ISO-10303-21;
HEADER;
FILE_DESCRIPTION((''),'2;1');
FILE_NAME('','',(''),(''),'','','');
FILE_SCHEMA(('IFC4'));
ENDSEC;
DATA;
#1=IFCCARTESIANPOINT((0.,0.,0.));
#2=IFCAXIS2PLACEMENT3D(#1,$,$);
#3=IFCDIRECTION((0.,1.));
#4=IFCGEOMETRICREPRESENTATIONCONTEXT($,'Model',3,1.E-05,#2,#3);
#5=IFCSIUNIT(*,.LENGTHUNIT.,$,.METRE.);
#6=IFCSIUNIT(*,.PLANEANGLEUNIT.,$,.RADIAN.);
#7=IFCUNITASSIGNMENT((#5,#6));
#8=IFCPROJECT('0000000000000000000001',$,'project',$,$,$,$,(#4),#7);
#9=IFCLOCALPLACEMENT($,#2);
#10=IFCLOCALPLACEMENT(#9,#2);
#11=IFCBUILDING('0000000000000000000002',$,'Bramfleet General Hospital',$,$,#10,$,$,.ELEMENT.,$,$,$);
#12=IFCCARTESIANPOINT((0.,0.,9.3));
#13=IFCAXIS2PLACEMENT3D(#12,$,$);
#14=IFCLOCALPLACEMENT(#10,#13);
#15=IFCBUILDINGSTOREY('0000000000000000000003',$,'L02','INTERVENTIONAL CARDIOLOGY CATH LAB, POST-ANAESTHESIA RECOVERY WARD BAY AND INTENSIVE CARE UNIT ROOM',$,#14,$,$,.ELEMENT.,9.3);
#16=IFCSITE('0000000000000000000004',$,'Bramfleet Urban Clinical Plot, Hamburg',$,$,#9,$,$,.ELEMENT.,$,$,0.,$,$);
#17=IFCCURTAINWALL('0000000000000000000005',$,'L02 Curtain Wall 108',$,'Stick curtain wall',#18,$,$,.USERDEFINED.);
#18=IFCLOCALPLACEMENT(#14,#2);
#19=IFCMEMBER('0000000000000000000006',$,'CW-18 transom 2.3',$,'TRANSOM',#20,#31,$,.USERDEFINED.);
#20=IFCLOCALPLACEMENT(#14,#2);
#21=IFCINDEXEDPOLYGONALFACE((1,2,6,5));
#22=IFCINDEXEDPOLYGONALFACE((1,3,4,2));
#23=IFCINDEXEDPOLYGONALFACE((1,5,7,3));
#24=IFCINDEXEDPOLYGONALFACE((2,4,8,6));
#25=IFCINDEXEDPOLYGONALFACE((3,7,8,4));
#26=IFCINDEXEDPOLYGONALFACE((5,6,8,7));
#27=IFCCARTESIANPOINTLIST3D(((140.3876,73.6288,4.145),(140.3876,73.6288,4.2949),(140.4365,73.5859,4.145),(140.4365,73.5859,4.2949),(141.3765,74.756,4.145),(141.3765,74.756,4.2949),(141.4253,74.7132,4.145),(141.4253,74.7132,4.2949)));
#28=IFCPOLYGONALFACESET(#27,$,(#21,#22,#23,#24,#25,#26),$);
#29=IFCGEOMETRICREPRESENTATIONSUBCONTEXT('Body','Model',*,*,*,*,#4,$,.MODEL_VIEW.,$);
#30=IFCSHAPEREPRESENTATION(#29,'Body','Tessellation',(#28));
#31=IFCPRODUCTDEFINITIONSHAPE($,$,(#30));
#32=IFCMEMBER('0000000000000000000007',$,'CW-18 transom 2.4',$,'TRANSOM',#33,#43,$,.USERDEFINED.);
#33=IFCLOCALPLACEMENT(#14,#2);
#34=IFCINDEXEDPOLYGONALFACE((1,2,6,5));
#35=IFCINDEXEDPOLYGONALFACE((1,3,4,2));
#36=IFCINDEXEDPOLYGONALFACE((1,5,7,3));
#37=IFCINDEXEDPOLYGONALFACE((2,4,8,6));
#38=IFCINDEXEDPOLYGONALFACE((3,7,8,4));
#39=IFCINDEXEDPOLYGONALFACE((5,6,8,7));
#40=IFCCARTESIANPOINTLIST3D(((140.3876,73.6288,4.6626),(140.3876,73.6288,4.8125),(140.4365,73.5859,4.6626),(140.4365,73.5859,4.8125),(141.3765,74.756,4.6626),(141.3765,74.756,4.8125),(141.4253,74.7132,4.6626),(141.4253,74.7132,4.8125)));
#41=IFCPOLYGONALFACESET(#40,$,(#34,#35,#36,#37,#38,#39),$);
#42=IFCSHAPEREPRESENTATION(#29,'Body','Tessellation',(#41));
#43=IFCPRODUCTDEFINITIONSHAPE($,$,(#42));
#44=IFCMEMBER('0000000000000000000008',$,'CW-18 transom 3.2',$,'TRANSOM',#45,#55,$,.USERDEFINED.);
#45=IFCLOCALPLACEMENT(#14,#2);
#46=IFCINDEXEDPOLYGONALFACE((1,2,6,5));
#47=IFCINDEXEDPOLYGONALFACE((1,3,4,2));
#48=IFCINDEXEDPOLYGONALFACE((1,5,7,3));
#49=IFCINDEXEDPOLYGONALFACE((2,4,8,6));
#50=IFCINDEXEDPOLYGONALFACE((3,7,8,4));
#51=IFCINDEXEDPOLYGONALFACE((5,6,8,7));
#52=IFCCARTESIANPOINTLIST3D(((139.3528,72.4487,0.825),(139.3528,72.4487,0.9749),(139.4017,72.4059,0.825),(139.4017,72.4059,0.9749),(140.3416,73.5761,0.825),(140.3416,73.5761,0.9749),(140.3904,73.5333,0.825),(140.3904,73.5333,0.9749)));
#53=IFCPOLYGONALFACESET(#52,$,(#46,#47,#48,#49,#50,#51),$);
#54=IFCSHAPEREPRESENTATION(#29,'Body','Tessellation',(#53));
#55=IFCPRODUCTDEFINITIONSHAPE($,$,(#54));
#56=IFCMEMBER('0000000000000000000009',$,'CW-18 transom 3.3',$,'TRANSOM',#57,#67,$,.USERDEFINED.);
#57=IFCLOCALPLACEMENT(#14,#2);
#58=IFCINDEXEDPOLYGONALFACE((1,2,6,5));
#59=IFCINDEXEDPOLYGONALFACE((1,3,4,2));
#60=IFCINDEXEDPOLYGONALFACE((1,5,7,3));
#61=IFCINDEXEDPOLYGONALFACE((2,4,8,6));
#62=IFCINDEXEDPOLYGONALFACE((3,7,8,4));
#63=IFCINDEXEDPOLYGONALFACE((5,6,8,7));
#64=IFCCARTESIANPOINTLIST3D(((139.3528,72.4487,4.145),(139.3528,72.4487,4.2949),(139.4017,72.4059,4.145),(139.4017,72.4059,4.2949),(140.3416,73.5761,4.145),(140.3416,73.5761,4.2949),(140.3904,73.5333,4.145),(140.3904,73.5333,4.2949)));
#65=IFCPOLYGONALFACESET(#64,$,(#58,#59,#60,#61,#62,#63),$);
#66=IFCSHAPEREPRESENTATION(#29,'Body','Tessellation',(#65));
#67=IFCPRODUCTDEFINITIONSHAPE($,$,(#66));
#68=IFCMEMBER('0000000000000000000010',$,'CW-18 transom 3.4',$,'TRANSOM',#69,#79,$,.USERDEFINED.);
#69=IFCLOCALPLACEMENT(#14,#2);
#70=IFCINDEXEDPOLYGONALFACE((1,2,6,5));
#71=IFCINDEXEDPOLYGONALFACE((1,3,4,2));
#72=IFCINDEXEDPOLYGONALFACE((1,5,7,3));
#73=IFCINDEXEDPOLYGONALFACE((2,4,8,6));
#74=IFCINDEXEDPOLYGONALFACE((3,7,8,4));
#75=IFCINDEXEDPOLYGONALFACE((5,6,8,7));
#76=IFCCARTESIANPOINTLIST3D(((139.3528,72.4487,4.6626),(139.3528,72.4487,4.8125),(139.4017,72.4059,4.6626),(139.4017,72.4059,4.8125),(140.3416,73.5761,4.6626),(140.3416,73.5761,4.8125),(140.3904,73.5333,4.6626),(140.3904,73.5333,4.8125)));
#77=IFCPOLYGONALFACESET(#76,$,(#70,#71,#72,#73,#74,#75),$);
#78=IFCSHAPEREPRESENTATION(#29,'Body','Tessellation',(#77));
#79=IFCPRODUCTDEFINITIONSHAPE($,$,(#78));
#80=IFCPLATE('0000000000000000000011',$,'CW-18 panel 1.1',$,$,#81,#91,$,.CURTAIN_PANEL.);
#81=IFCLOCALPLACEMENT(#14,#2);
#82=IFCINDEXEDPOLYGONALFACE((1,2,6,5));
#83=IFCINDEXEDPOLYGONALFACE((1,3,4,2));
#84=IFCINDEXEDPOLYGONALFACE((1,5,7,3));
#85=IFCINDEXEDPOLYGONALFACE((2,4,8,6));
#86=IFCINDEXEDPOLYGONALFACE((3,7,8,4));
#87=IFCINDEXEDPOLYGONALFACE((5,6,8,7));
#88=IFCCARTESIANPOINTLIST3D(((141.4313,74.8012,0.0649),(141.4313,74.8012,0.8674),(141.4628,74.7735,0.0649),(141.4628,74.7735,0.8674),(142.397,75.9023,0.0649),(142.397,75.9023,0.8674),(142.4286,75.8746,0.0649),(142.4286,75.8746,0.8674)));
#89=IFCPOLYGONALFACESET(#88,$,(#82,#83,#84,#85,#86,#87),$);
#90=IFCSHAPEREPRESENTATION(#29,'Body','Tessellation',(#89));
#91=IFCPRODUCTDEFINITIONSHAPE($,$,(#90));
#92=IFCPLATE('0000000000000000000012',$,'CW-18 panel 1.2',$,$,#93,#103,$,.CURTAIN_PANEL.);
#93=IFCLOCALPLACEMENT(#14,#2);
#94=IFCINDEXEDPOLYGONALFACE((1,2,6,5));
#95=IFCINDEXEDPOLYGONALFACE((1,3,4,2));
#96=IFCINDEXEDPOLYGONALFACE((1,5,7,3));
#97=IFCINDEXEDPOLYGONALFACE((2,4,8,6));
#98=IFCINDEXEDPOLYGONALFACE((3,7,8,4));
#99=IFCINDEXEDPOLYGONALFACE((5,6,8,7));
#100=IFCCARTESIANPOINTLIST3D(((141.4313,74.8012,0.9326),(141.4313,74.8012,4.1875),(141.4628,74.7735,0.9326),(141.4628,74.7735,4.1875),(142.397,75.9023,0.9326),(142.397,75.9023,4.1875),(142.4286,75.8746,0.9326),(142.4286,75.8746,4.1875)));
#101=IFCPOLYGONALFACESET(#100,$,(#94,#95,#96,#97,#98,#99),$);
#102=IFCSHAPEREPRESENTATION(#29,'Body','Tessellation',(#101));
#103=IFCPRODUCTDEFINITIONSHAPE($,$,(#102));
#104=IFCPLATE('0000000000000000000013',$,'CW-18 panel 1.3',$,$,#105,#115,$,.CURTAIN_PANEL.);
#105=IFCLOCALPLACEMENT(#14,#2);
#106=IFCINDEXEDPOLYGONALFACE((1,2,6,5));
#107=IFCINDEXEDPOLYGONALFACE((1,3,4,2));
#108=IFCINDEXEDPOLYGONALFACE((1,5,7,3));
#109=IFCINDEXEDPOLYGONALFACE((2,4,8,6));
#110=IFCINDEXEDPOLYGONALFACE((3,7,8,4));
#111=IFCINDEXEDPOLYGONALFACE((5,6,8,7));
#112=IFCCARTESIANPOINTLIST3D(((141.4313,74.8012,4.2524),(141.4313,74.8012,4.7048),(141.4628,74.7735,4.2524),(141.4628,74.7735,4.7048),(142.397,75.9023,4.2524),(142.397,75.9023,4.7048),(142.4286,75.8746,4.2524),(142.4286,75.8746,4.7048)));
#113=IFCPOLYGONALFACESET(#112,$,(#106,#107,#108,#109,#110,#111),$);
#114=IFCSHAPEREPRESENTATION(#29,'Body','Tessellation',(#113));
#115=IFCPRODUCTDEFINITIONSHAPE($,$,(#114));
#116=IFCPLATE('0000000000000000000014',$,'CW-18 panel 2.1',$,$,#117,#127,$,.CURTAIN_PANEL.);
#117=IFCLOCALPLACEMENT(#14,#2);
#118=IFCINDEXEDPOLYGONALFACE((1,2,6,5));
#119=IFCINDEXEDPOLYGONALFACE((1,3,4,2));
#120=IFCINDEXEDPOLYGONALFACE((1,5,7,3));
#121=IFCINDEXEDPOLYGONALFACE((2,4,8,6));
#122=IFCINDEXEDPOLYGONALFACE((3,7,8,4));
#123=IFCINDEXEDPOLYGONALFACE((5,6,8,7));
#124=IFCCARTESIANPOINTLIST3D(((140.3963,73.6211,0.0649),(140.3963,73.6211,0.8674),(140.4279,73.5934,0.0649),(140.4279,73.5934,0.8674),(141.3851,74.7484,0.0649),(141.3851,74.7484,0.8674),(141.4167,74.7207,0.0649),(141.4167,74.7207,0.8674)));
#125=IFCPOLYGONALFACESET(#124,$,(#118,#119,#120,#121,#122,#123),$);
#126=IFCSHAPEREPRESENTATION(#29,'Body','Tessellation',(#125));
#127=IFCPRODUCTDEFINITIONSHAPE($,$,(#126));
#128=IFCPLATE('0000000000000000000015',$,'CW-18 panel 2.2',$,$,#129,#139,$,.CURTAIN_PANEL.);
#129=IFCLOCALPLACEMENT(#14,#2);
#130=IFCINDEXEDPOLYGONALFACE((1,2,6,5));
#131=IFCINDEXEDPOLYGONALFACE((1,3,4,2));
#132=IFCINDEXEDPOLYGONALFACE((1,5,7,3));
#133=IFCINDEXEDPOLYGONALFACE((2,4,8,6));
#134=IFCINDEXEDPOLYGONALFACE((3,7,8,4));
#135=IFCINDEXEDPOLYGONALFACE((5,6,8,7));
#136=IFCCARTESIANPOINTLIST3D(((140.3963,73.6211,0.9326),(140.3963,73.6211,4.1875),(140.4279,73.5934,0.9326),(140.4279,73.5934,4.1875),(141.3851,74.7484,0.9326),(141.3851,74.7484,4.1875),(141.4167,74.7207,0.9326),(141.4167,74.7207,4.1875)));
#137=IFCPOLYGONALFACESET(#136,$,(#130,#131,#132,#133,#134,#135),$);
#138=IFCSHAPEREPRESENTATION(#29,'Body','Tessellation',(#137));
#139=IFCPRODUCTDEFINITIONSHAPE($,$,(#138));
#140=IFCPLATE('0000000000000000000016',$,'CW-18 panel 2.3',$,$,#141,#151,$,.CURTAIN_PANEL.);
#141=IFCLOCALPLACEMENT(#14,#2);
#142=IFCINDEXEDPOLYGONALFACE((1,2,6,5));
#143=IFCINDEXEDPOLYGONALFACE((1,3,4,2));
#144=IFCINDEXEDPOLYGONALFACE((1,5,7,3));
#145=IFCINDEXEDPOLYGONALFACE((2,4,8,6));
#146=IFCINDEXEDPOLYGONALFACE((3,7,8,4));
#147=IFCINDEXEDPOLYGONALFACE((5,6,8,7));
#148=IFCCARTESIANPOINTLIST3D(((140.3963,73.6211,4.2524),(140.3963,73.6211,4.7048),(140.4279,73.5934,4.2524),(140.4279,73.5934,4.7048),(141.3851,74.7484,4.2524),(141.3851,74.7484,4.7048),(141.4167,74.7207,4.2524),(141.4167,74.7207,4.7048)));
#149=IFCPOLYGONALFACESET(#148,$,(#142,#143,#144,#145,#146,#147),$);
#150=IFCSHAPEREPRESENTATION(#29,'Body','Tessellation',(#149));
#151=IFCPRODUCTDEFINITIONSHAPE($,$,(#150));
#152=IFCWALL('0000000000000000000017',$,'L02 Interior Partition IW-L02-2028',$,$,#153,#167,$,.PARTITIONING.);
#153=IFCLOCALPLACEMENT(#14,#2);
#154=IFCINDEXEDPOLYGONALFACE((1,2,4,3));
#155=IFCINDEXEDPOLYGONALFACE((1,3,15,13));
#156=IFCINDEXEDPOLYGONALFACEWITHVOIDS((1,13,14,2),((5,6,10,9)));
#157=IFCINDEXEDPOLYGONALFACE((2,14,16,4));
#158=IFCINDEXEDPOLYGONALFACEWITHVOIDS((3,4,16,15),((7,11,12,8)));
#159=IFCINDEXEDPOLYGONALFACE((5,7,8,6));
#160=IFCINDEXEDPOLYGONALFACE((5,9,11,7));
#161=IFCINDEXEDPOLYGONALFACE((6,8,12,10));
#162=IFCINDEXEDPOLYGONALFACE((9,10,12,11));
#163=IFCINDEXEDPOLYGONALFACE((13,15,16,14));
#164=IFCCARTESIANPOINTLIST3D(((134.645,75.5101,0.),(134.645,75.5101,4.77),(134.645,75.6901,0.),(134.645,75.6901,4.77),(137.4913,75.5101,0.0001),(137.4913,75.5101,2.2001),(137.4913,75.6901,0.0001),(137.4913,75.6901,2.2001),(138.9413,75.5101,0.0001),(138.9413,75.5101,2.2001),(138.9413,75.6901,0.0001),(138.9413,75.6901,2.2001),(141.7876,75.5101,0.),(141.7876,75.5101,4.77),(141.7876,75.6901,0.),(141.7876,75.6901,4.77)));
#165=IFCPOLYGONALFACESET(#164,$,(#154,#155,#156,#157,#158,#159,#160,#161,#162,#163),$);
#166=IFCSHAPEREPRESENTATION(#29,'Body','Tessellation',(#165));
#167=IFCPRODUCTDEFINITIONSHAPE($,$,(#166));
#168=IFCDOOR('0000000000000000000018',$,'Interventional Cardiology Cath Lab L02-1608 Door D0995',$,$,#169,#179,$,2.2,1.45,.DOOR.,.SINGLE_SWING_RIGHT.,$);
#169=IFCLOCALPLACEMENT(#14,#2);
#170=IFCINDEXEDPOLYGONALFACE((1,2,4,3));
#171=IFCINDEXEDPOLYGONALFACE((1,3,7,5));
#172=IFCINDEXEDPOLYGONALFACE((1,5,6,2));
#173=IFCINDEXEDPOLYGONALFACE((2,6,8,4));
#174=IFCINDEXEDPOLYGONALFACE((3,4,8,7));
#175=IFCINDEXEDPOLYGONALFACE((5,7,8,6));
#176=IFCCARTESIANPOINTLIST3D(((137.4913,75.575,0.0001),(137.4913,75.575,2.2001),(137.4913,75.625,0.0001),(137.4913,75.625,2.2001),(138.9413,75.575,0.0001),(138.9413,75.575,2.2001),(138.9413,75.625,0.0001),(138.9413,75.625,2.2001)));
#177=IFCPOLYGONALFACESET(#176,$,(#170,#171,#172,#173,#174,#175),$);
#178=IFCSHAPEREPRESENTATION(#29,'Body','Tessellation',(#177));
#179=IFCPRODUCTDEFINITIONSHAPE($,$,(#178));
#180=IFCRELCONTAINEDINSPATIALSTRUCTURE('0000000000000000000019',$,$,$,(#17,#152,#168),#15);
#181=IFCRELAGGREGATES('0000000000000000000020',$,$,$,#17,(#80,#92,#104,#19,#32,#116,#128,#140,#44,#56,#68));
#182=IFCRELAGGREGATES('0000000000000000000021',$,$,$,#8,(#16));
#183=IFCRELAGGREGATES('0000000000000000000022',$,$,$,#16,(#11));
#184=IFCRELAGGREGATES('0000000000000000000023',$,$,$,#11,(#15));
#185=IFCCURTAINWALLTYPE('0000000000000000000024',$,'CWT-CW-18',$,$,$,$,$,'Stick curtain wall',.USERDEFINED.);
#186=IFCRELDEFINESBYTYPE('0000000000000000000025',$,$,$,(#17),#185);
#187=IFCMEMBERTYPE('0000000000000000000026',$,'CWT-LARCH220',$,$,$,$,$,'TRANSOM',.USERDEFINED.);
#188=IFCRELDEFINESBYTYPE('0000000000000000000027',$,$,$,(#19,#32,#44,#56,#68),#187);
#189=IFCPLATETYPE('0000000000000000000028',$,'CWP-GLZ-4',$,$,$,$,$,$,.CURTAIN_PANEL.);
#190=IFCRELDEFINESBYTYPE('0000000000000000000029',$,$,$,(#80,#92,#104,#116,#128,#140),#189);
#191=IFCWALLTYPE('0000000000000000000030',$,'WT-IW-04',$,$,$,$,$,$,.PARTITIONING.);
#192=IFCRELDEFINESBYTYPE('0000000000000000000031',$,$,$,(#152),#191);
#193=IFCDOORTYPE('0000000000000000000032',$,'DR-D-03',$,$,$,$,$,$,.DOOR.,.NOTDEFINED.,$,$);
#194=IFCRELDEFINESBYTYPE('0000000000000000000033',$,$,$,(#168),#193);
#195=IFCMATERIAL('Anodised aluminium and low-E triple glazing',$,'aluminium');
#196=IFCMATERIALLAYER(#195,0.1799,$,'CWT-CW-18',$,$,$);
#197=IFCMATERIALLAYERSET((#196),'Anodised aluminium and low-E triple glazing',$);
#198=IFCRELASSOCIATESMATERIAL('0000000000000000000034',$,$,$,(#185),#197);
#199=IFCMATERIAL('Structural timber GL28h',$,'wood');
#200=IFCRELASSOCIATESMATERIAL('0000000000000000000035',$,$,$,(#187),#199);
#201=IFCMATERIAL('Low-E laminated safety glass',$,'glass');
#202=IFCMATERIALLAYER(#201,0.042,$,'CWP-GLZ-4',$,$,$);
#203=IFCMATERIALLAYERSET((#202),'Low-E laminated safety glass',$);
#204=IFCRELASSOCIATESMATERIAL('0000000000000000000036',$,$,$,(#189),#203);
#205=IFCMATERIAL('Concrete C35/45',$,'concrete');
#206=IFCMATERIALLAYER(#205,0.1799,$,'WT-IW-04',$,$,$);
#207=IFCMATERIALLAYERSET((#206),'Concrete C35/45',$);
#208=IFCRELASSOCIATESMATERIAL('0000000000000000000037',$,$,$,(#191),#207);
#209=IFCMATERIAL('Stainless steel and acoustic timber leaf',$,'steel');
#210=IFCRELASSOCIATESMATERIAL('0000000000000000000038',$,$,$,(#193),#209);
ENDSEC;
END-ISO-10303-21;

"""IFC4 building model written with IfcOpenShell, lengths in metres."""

from ifc_helpers import new_model, si_unit, direction, frame, frame_2d, origin, origin_2d, place, context, subcontext, project, spatial, rectangle, extrude, material, layer, layer_set, material_profile, profile_set, type_object, element, fill, aggregate, save


model = new_model("IFC4")

# Units and contexts
model_context = context("Model", 3, precision=1e-05, world=origin(), true_north=direction((0.0, 1.0)))
body_context = subcontext(model_context, "Body", "Model", "MODEL_VIEW")
ifc_project = project(units=[si_unit("LENGTHUNIT", "METRE"), si_unit("PLANEANGLEUNIT", "RADIAN")], contexts=[model_context])

# Site, building, storey
site_placement = place(None, origin())
site = spatial("IfcSite", under=ifc_project, at=site_placement, Name="Bramfleet Urban Clinical Plot, Hamburg", CompositionType="ELEMENT", RefElevation=0.0)
building_placement = place(site_placement, origin())
building = spatial("IfcBuilding", under=site, at=building_placement, Name="Bramfleet General Hospital", CompositionType="ELEMENT")
storey_placement = place(building_placement, frame((0.0, 0.0, 9.3)))
storey = spatial("IfcBuildingStorey", under=building, at=storey_placement, Name="L02", Description="INTERVENTIONAL CARDIOLOGY CATH LAB, POST-ANAESTHESIA RECOVERY WARD BAY AND INTENSIVE CARE UNIT ROOM", CompositionType="ELEMENT", Elevation=9.3)

# Shared definitions
ifc_material_1 = material(Name="Concrete C35/45", Category="concrete")

# Curtain wall, members, plates
ifc_material_2 = material(Name="Anodised aluminium and low-E triple glazing", Category="aluminium")
ifc_layer_1 = layer(ifc_material_2, 0.1799, Name="CWT-CW-18")
ifc_layer_set_1 = layer_set([ifc_layer_1], Name="Anodised aluminium and low-E triple glazing")
curtain_wall_type = type_object("IfcCurtainWallType", Name="CWT-CW-18", ElementType="Stick curtain wall", PredefinedType="USERDEFINED", material=ifc_layer_set_1)
curtain_wall_placement = place(storey_placement, origin())
curtain_wall = element("IfcCurtainWall", 1, at=curtain_wall_placement, inside=storey, type_object=curtain_wall_type, Name="L02 Curtain Wall 108", ObjectType="Stick curtain wall", PredefinedType="USERDEFINED")
ifc_material_3 = material(Name="Structural timber GL28h", Category="wood")
ifc_material_profile_1 = material_profile(ifc_material_3, rectangle(XDim=0.0649, YDim=0.1499, at=origin_2d()), Name="LARCH 150x65")
ifc_profile_set_1 = profile_set([ifc_material_profile_1], Name="Structural timber GL28h")
member_type_1 = type_object("IfcMemberType", Name="CWT-LARCH220", ElementType="TRANSOM", PredefinedType="USERDEFINED", material=ifc_profile_set_1)
member_1_placement = place(storey_placement, frame((141.4009, 74.7346, 4.22), z_axis=(-0.659438, -0.751759, 0.0), x_axis=(0.751759, -0.659438, 0.0)))
member_1 = element("IfcMember", 2, at=member_1_placement, type_object=member_type_1, Name="CW-18 transom 2.3", ObjectType="TRANSOM", PredefinedType="USERDEFINED", context=body_context, shape_type="SweptSolid", body=[
    extrude(rectangle(XDim=0.0649, YDim=0.1499, at=origin_2d()), origin(), (0.0, 0.0, 1.0), 1.4995),
])
member_2_placement = place(storey_placement, frame((141.4009, 74.7346, 4.7375), z_axis=(-0.659438, -0.751759, 0.0), x_axis=(0.751759, -0.659438, 0.0)))
member_2 = element("IfcMember", 3, at=member_2_placement, type_object=member_type_1, Name="CW-18 transom 2.4", ObjectType="TRANSOM", PredefinedType="USERDEFINED", context=body_context, shape_type="SweptSolid", body=[
    extrude(rectangle(XDim=0.0649, YDim=0.1499, at=origin_2d()), origin(), (0.0, 0.0, 1.0), 1.4995),
])
member_3_placement = place(storey_placement, frame((140.366, 73.5547, 0.8999), z_axis=(-0.659357, -0.75183, 0.0), x_axis=(0.75183, -0.659357, 0.0)))
member_3 = element("IfcMember", 4, at=member_3_placement, type_object=member_type_1, Name="CW-18 transom 3.2", ObjectType="TRANSOM", PredefinedType="USERDEFINED", context=body_context, shape_type="SweptSolid", body=[
    extrude(rectangle(XDim=0.0649, YDim=0.1499, at=origin_2d()), origin(), (0.0, 0.0, 1.0), 1.4995),
])
member_4_placement = place(storey_placement, frame((140.366, 73.5547, 4.22), z_axis=(-0.659357, -0.75183, 0.0), x_axis=(0.75183, -0.659357, 0.0)))
member_4 = element("IfcMember", 5, at=member_4_placement, type_object=member_type_1, Name="CW-18 transom 3.3", ObjectType="TRANSOM", PredefinedType="USERDEFINED", context=body_context, shape_type="SweptSolid", body=[
    extrude(rectangle(XDim=0.0649, YDim=0.1499, at=origin_2d()), origin(), (0.0, 0.0, 1.0), 1.4995),
])
member_5_placement = place(storey_placement, frame((140.366, 73.5547, 4.7375), z_axis=(-0.659357, -0.75183, 0.0), x_axis=(0.75183, -0.659357, 0.0)))
member_5 = element("IfcMember", 6, at=member_5_placement, type_object=member_type_1, Name="CW-18 transom 3.4", ObjectType="TRANSOM", PredefinedType="USERDEFINED", context=body_context, shape_type="SweptSolid", body=[
    extrude(rectangle(XDim=0.0649, YDim=0.1499, at=origin_2d()), origin(), (0.0, 0.0, 1.0), 1.4995),
])
ifc_material_4 = material(Name="Low-E laminated safety glass", Category="glass")
ifc_layer_2 = layer(ifc_material_4, 0.042, Name="CWP-GLZ-4")
ifc_layer_set_2 = layer_set([ifc_layer_2], Name="Low-E laminated safety glass")
plate_type = type_object("IfcPlateType", Name="CWP-GLZ-4", PredefinedType="CURTAIN_PANEL", material=ifc_layer_set_2)
plate_1_placement = place(storey_placement, frame((141.9299, 75.3379, 0.0649), z_axis=(0.0, 0.0, 1.0), x_axis=(-0.659406, -0.751787, 0.0)))
plate_1 = element("IfcPlate", 7, at=plate_1_placement, type_object=plate_type, Name="CW-18 panel 1.1", PredefinedType="CURTAIN_PANEL", context=body_context, shape_type="SweptSolid", body=[
    extrude(rectangle(XDim=1.4646, YDim=0.042, at=origin_2d()), origin(), (0.0, 0.0, 1.0), 0.8025),
])
plate_2_placement = place(storey_placement, frame((141.9299, 75.3379, 0.9326), z_axis=(0.0, 0.0, 1.0), x_axis=(-0.659406, -0.751787, 0.0)))
plate_2 = element("IfcPlate", 8, at=plate_2_placement, type_object=plate_type, Name="CW-18 panel 1.2", PredefinedType="CURTAIN_PANEL", context=body_context, shape_type="SweptSolid", body=[
    extrude(rectangle(XDim=1.4646, YDim=0.042, at=origin_2d()), origin(), (0.0, 0.0, 1.0), 3.2549),
])
plate_3_placement = place(storey_placement, frame((141.9299, 75.3379, 4.2524), z_axis=(0.0, 0.0, 1.0), x_axis=(-0.659406, -0.751787, 0.0)))
plate_3 = element("IfcPlate", 9, at=plate_3_placement, type_object=plate_type, Name="CW-18 panel 1.3", PredefinedType="CURTAIN_PANEL", context=body_context, shape_type="SweptSolid", body=[
    extrude(rectangle(XDim=1.4646, YDim=0.042, at=origin_2d()), origin(), (0.0, 0.0, 1.0), 0.4524),
])
plate_4_placement = place(storey_placement, frame((140.9065, 74.1709, 0.0649), z_axis=(0.0, 0.0, 1.0), x_axis=(-0.659406, -0.751787, 0.0)))
plate_4 = element("IfcPlate", 10, at=plate_4_placement, type_object=plate_type, Name="CW-18 panel 2.1", PredefinedType="CURTAIN_PANEL", context=body_context, shape_type="SweptSolid", body=[
    extrude(rectangle(XDim=1.4995, YDim=0.042, at=origin_2d()), origin(), (0.0, 0.0, 1.0), 0.8025),
])
plate_5_placement = place(storey_placement, frame((140.9065, 74.1709, 0.9326), z_axis=(0.0, 0.0, 1.0), x_axis=(-0.659406, -0.751787, 0.0)))
plate_5 = element("IfcPlate", 11, at=plate_5_placement, type_object=plate_type, Name="CW-18 panel 2.2", PredefinedType="CURTAIN_PANEL", context=body_context, shape_type="SweptSolid", body=[
    extrude(rectangle(XDim=1.4995, YDim=0.042, at=origin_2d()), origin(), (0.0, 0.0, 1.0), 3.2549),
])
plate_6_placement = place(storey_placement, frame((140.9065, 74.1709, 4.2524), z_axis=(0.0, 0.0, 1.0), x_axis=(-0.659406, -0.751787, 0.0)))
plate_6 = element("IfcPlate", 12, at=plate_6_placement, type_object=plate_type, Name="CW-18 panel 2.3", PredefinedType="CURTAIN_PANEL", context=body_context, shape_type="SweptSolid", body=[
    extrude(rectangle(XDim=1.4995, YDim=0.042, at=origin_2d()), origin(), (0.0, 0.0, 1.0), 0.4524),
])
aggregate(curtain_wall, [plate_1, plate_2, plate_3, member_1, member_2, plate_4, plate_5, plate_6, member_3, member_4, member_5])

# Wall, opening, door
ifc_layer_3 = layer(ifc_material_1, 0.1799, Name="WT-IW-04")
ifc_layer_set_3 = layer_set([ifc_layer_3], Name="Concrete C35/45")
wall_type_1 = type_object("IfcWallType", Name="WT-IW-04", PredefinedType="PARTITIONING", material=ifc_layer_set_3)
wall_1_placement = place(storey_placement, frame((134.645, 75.6001, 0.0), z_axis=(0.0, 0.0, 1.0), x_axis=(1.0, 0.0, 0.0)))
wall_1 = element("IfcWall", 13, at=wall_1_placement, inside=storey, type_object=wall_type_1, Name="L02 Interior Partition IW-L02-2028", PredefinedType="PARTITIONING", context=body_context, shape_type="SweptSolid", body=[
    extrude(rectangle(XDim=7.1426, YDim=0.1799, at=frame_2d((3.5713, 0.0))), origin(), (0.0, 0.0, 1.0), 4.77),
])
opening_1_placement = place(wall_1_placement, frame((2.8462, 0.0, 0.0)))
opening_1 = element("IfcOpeningElement", 14, at=opening_1_placement, cuts=wall_1, PredefinedType="OPENING", context=body_context, shape_type="SweptSolid", body=[
    extrude(rectangle(XDim=1.45, YDim=2.2, at=frame_2d((0.7251, 1.1001))), frame((0.0, 0.0999, 0.0), z_axis=(0.0, -1.0, 0.0), x_axis=(1.0, 0.0, 0.0)), (0.0, 0.0, 1.0), 0.2),
])
ifc_material_5 = material(Name="Stainless steel and acoustic timber leaf", Category="steel")
door_type_1 = type_object("IfcDoorType", Name="DR-D-03", OperationType="NOTDEFINED", PredefinedType="DOOR", material=ifc_material_5)
door_1_placement = place(opening_1_placement, origin())
door_1 = element("IfcDoor", 15, at=door_1_placement, inside=storey, type_object=door_type_1, Name="Interventional Cardiology Cath Lab L02-1608 Door D0995", OperationType="SINGLE_SWING_RIGHT", OverallHeight=2.2, OverallWidth=1.45, PredefinedType="DOOR", context=body_context, shape_type="SweptSolid", body=[
    extrude(rectangle(XDim=1.45, YDim=2.2, at=frame_2d((0.7251, 1.1001))), frame((0.0, 0.0249, 0.0), z_axis=(0.0, -1.0, 0.0), x_axis=(1.0, 0.0, 0.0)), (0.0, 0.0, 1.0), 0.05),
])
fill(opening_1, door_1)

save(model, "model.ifc")
